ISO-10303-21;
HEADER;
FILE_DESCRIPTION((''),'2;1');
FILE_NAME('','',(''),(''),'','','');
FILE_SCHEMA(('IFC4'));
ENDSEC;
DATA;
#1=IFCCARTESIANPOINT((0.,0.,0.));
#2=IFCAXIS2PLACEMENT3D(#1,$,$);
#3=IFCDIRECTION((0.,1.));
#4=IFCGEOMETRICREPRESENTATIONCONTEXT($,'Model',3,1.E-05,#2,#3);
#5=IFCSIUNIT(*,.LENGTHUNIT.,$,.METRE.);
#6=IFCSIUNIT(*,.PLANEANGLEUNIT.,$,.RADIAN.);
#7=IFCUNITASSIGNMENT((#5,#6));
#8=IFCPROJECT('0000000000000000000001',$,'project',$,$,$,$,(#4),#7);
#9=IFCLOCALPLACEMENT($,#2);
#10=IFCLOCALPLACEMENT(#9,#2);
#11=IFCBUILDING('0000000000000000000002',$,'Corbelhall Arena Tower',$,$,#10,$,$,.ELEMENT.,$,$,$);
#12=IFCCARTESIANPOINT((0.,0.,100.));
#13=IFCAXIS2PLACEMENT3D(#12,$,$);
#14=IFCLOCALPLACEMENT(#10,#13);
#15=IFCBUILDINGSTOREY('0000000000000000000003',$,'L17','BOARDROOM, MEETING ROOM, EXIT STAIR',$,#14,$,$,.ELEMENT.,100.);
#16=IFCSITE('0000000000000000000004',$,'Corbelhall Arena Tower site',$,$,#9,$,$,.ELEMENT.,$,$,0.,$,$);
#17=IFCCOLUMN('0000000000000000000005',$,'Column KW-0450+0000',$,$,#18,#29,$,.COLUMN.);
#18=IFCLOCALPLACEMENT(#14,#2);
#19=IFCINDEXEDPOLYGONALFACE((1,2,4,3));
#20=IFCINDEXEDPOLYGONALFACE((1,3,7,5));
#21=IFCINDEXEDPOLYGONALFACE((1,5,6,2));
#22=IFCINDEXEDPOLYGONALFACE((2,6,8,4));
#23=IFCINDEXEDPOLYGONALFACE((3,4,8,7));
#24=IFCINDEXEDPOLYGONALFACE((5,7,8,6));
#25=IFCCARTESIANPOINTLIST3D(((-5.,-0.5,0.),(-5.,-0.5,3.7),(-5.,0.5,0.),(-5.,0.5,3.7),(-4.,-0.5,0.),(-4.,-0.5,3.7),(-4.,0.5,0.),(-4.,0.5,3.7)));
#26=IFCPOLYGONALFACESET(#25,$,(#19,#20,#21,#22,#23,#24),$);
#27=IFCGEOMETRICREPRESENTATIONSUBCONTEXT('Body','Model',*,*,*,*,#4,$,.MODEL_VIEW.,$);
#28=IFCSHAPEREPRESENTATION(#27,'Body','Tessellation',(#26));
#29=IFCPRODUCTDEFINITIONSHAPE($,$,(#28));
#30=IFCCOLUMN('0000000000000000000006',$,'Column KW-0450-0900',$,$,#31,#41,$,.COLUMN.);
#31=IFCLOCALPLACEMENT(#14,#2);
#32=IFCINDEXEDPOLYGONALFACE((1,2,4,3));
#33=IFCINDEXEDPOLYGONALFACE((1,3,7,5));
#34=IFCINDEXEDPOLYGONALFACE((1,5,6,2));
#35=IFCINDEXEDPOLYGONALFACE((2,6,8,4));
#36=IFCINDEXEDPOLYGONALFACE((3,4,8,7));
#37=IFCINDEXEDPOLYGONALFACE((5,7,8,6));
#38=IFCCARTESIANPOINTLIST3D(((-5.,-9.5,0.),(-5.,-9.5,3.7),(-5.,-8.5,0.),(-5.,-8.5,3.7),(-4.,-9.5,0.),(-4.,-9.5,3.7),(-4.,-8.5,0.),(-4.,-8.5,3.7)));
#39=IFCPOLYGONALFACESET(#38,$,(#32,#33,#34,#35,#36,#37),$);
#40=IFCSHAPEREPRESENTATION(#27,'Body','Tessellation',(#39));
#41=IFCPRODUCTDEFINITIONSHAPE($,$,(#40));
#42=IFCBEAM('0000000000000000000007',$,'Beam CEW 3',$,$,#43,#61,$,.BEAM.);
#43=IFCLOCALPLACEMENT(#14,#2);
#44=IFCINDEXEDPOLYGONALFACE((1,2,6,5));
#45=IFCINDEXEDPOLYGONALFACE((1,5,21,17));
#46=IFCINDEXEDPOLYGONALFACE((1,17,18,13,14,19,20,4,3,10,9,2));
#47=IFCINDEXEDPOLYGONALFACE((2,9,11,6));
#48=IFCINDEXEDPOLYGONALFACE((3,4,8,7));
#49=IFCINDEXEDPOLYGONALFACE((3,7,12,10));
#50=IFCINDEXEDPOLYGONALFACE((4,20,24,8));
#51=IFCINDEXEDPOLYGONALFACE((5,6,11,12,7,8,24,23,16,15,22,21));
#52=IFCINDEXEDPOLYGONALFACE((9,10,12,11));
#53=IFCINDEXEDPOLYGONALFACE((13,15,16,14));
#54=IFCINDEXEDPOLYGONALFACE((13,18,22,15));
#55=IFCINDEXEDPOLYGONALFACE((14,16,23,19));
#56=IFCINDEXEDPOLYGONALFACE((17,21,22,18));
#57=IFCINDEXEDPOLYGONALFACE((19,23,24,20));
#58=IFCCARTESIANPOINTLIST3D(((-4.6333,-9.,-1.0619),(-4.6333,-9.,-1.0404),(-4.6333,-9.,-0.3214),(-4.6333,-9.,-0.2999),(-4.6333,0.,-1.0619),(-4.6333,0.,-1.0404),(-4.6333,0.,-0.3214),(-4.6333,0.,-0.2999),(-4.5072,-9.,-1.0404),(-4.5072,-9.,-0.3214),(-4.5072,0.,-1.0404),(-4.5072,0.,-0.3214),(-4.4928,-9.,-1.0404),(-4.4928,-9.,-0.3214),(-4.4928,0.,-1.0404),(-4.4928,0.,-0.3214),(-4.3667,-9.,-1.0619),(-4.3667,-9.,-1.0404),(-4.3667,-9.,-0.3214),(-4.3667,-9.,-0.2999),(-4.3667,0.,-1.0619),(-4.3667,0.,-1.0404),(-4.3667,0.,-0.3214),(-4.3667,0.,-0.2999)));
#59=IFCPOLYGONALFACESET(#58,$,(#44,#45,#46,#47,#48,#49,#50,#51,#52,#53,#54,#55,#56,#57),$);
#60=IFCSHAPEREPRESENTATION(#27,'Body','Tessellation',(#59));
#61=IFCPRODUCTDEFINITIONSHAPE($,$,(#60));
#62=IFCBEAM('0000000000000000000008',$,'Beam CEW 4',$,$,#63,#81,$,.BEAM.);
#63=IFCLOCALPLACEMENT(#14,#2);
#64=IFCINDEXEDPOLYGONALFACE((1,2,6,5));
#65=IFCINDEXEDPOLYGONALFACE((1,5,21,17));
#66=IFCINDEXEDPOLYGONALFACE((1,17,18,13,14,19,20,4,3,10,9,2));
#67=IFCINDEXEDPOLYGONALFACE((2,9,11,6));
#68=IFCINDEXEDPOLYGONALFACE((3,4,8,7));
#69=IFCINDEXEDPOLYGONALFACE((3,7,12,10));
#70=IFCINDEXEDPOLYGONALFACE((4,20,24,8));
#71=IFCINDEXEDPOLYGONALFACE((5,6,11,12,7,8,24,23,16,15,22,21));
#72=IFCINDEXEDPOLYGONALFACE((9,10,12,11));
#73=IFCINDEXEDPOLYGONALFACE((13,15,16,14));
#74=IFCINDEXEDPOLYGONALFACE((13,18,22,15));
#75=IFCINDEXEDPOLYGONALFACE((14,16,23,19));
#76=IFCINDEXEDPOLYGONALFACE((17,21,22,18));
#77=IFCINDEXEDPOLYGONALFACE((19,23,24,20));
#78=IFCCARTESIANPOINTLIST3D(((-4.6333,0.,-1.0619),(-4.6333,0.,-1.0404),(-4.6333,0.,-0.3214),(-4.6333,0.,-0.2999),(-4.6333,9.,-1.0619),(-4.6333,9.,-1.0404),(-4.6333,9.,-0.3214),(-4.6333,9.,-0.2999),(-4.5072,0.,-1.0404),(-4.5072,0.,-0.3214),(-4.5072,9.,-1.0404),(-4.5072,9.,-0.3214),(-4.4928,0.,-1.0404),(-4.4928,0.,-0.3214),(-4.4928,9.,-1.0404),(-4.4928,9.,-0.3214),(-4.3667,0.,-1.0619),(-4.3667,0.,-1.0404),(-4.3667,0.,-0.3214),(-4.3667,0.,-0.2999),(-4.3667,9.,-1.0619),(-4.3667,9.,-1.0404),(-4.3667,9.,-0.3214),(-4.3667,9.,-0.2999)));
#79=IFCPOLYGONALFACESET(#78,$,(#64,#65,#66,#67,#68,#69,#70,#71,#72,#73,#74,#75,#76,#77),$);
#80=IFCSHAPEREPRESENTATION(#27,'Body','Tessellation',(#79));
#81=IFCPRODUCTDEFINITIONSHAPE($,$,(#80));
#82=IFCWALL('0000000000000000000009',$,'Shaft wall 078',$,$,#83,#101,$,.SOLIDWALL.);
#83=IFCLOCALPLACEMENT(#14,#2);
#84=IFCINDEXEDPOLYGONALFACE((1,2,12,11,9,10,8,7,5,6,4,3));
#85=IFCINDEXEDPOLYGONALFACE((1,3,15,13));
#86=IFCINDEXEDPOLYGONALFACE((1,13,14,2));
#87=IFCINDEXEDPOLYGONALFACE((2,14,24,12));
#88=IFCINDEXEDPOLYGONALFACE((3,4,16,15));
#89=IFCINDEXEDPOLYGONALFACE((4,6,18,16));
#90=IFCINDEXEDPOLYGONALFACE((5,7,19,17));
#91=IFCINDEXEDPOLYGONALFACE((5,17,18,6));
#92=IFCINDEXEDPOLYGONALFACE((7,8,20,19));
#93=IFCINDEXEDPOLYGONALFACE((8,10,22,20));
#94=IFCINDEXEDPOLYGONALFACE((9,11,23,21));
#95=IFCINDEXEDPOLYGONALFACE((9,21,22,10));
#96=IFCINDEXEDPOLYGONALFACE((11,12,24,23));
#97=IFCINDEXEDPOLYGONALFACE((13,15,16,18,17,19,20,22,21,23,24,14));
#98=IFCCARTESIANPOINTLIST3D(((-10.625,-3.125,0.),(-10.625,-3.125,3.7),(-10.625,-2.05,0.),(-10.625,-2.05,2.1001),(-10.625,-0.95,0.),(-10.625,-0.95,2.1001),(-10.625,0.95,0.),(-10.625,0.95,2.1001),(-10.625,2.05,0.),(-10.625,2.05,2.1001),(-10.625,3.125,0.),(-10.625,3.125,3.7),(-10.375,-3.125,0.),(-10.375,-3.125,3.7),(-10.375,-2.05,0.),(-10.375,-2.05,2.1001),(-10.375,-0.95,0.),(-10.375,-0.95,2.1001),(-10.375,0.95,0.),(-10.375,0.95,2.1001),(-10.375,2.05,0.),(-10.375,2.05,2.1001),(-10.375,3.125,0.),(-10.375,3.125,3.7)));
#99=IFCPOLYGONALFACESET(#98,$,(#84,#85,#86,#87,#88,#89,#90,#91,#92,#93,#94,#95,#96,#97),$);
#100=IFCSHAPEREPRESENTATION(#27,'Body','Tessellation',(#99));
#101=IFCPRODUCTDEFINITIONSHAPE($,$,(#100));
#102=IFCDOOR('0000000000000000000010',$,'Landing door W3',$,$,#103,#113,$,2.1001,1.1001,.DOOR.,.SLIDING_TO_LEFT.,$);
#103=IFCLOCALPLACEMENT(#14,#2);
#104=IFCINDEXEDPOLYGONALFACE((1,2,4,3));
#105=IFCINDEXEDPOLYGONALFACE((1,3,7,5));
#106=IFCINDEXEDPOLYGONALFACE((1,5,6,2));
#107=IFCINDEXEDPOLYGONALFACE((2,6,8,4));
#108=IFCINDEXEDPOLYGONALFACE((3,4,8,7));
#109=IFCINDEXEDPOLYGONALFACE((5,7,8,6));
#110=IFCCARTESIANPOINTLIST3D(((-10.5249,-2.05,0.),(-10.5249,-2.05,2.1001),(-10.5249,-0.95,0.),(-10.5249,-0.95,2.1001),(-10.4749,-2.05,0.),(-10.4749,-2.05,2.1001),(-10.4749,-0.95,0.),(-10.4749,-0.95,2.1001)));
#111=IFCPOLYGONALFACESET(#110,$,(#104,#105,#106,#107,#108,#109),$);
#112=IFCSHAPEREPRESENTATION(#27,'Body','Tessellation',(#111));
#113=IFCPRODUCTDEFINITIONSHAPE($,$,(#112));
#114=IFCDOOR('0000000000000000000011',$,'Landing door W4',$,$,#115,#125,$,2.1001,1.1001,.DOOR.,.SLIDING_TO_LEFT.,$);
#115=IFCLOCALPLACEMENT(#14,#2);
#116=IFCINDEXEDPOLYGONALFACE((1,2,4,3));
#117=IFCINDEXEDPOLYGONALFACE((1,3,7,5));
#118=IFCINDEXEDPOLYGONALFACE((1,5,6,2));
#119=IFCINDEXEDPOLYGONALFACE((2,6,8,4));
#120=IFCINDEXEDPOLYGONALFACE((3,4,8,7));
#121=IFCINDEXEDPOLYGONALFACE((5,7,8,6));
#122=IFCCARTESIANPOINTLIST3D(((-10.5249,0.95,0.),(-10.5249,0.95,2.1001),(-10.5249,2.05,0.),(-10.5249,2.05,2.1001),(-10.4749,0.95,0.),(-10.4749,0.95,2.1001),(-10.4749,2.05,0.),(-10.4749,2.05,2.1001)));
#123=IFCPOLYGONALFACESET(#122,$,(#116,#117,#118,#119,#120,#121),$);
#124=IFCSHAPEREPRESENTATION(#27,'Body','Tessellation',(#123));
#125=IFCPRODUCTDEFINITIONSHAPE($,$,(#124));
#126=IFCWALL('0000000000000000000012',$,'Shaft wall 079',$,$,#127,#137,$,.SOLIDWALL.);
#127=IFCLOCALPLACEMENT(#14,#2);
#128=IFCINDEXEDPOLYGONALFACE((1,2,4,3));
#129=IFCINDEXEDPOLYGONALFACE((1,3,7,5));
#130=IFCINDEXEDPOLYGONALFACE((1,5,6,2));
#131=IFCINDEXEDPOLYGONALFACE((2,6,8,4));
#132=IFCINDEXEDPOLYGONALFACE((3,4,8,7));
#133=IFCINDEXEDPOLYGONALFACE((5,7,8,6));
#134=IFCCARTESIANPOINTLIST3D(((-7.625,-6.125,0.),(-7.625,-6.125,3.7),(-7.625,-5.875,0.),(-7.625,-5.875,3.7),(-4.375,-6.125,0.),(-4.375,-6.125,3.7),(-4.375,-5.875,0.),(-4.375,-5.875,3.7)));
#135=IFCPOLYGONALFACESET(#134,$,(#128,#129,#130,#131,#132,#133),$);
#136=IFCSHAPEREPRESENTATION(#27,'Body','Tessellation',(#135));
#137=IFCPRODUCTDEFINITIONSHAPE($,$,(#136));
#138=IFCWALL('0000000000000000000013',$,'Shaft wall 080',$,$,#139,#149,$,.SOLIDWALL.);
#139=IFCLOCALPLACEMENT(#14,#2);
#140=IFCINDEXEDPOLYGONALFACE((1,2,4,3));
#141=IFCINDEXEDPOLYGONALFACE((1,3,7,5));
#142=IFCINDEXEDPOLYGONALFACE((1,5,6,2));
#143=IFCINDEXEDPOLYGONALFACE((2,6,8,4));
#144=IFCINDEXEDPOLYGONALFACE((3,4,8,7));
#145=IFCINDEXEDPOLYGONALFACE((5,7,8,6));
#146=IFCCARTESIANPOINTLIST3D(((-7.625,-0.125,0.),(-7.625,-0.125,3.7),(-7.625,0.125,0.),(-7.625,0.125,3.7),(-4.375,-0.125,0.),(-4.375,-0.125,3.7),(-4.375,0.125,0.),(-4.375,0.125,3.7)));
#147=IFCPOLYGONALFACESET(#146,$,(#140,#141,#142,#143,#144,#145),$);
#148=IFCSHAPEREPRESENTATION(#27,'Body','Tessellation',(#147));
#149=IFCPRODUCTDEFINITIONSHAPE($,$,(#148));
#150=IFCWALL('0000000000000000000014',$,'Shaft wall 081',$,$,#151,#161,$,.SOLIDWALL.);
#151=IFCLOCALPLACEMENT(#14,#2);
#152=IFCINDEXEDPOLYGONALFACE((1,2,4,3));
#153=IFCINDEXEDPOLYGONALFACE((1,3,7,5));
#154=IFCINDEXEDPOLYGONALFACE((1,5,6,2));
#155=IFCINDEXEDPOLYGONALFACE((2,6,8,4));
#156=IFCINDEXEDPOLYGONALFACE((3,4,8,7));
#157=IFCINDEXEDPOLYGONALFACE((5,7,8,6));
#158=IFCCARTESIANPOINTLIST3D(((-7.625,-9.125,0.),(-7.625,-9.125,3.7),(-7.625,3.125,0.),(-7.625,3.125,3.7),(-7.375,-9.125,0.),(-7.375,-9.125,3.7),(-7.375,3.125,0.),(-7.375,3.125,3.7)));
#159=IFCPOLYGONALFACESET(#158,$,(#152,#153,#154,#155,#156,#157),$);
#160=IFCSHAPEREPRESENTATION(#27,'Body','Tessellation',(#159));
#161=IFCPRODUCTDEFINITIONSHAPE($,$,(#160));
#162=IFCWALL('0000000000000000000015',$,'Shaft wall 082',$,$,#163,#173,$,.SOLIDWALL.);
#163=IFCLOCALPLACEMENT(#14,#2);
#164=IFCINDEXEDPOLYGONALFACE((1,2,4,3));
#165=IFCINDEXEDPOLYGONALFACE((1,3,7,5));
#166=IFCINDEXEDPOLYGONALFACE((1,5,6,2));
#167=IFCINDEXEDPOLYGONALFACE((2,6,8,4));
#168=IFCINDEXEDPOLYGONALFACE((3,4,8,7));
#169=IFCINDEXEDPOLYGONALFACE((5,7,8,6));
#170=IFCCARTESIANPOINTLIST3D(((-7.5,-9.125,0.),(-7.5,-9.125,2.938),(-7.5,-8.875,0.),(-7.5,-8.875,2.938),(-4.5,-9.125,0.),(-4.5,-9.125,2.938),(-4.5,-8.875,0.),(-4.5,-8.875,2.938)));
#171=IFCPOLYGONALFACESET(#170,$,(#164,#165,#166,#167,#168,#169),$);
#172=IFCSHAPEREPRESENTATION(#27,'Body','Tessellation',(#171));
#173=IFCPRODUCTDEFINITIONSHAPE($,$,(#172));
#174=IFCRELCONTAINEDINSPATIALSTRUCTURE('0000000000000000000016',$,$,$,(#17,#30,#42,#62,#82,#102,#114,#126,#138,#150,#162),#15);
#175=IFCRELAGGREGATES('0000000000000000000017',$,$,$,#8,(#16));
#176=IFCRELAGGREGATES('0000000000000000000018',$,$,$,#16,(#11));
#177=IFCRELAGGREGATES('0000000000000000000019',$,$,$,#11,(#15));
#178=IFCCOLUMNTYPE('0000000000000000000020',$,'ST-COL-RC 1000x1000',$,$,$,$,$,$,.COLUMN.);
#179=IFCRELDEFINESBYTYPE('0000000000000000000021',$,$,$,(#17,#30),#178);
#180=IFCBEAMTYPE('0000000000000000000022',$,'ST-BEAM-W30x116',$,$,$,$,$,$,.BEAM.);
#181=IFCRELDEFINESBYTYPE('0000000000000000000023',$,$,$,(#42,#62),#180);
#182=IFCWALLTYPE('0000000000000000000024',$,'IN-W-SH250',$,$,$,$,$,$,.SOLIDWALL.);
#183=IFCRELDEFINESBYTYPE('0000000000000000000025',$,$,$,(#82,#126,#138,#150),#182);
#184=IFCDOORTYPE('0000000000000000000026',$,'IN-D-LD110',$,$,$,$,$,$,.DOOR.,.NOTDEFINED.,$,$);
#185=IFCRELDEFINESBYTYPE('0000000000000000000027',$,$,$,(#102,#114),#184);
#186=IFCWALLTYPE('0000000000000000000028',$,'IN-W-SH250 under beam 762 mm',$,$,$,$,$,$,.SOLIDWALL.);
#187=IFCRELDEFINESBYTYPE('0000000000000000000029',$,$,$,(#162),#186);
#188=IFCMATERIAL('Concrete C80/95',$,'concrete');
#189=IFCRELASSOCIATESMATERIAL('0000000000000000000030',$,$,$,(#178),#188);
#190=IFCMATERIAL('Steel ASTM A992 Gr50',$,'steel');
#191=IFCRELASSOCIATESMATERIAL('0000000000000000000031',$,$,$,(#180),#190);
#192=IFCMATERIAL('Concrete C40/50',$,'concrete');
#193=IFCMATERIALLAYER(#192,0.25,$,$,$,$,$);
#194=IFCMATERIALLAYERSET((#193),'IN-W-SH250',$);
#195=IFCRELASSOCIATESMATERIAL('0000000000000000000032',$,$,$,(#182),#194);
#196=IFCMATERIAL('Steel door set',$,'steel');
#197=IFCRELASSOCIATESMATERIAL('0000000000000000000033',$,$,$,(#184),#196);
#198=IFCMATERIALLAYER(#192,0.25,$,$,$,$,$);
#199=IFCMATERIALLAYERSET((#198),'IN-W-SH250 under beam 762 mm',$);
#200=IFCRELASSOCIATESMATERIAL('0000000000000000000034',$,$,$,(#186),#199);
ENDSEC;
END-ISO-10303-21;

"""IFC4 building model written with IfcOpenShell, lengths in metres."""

from ifc_helpers import new_model, si_unit, direction, frame, frame_2d, origin, origin_2d, place, context, subcontext, project, spatial, rectangle, i_section, extrude, material, layer, layer_set, material_profile, profile_set, type_object, element, fill, save


model = new_model("IFC4")

# Units and contexts
model_context = context("Model", 3, precision=1e-05, world=origin(), true_north=direction((0.0, 1.0)))
body_context = subcontext(model_context, "Body", "Model", "MODEL_VIEW")
ifc_project = project(units=[si_unit("LENGTHUNIT", "METRE"), si_unit("PLANEANGLEUNIT", "RADIAN")], contexts=[model_context])

# Site, building, storey
site_placement = place(None, origin())
site = spatial("IfcSite", under=ifc_project, at=site_placement, Name="Corbelhall Arena Tower site", CompositionType="ELEMENT", RefElevation=0.0)
building_placement = place(site_placement, origin())
building = spatial("IfcBuilding", under=site, at=building_placement, Name="Corbelhall Arena Tower", CompositionType="ELEMENT")
storey_placement = place(building_placement, frame((0.0, 0.0, 100.0)))
storey = spatial("IfcBuildingStorey", under=building, at=storey_placement, Name="L17", Description="BOARDROOM, MEETING ROOM, EXIT STAIR", CompositionType="ELEMENT", Elevation=100.0)

# Columns
ifc_material_1 = material(Name="Concrete C80/95", Category="concrete")
ifc_material_profile_1 = material_profile(ifc_material_1, rectangle(XDim=1.0, YDim=1.0, at=origin_2d()))
ifc_profile_set_1 = profile_set([ifc_material_profile_1], Name="Concrete C80/95")
column_type = type_object("IfcColumnType", Name="ST-COL-RC 1000x1000", PredefinedType="COLUMN", material=ifc_profile_set_1)
for number, where, z_axis, x_axis, name in (
    (1, (-4.5, 0.0, 0.0), (0.0, 0.0, 1.0), (1.0, 0.0, 0.0), "Column KW-0450+0000"),
    (2, (-4.5, -9.0, 0.0), (0.0, 0.0, 1.0), (1.0, 0.0, 0.0), "Column KW-0450-0900"),
):
    element("IfcColumn", number, at=place(storey_placement, frame(where, z_axis=z_axis, x_axis=x_axis)), inside=storey, type_object=column_type, Name=name, PredefinedType="COLUMN", context=body_context, shape_type="SweptSolid", body=[
        extrude(rectangle(XDim=1.0, YDim=1.0, at=origin_2d()), origin(), (0.0, 0.0, 1.0), 3.7),
    ])

# Beams
ifc_material_2 = material(Name="Steel ASTM A992 Gr50", Category="steel")
ifc_material_profile_2 = material_profile(ifc_material_2, i_section(OverallWidth=0.2666, OverallDepth=0.762, WebThickness=0.0144, FlangeThickness=0.0215, at=origin_2d()))
ifc_profile_set_2 = profile_set([ifc_material_profile_2], Name="Steel ASTM A992 Gr50")
beam_type = type_object("IfcBeamType", Name="ST-BEAM-W30x116", PredefinedType="BEAM", material=ifc_profile_set_2)
for number, where, z_axis, x_axis, name in (
    (3, (-4.5, -9.0, -0.6809), (0.0, 1.0, 0.0), (-1.0, 0.0, 0.0), "Beam CEW 3"),
    (4, (-4.5, 0.0, -0.6809), (0.0, 1.0, 0.0), (-1.0, 0.0, 0.0), "Beam CEW 4"),
):
    element("IfcBeam", number, at=place(storey_placement, frame(where, z_axis=z_axis, x_axis=x_axis)), inside=storey, type_object=beam_type, Name=name, PredefinedType="BEAM", context=body_context, shape_type="SweptSolid", body=[
        extrude(i_section(OverallWidth=0.2666, OverallDepth=0.762, WebThickness=0.0144, FlangeThickness=0.0215, at=origin_2d()), origin(), (0.0, 0.0, 1.0), 9.0),
    ])

# Wall, openings, doors
ifc_material_3 = material(Name="Concrete C40/50", Category="concrete")
ifc_layer_1 = layer(ifc_material_3, 0.25)
ifc_layer_set_1 = layer_set([ifc_layer_1], Name="IN-W-SH250")
wall_type_1 = type_object("IfcWallType", Name="IN-W-SH250", PredefinedType="SOLIDWALL", material=ifc_layer_set_1)
wall_1_placement = place(storey_placement, frame((-10.5, -3.125, 0.0), z_axis=(0.0, 0.0, 1.0), x_axis=(0.0, 1.0, 0.0)))
wall_1 = element("IfcWall", 5, at=wall_1_placement, inside=storey, type_object=wall_type_1, Name="Shaft wall 078", PredefinedType="SOLIDWALL", context=body_context, shape_type="SweptSolid", body=[
    extrude(rectangle(XDim=6.25, YDim=0.25, at=frame_2d((3.125, 0.0))), origin(), (0.0, 0.0, 1.0), 3.7),
])
opening_1_placement = place(wall_1_placement, frame((1.075, 0.0, 0.0)))
opening_1 = element("IfcOpeningElement", 6, at=opening_1_placement, cuts=wall_1, PredefinedType="OPENING", context=body_context, shape_type="SweptSolid", body=[
    extrude(rectangle(XDim=1.1001, YDim=2.1001, at=frame_2d((0.55, 1.05))), frame((0.0, 0.125, 0.0), z_axis=(0.0, -1.0, 0.0), x_axis=(1.0, 0.0, 0.0)), (0.0, 0.0, 1.0), 0.25),
])
opening_2_placement = place(wall_1_placement, frame((4.075, 0.0, 0.0)))
opening_2 = element("IfcOpeningElement", 7, at=opening_2_placement, cuts=wall_1, PredefinedType="OPENING", context=body_context, shape_type="SweptSolid", body=[
    extrude(rectangle(XDim=1.1001, YDim=2.1001, at=frame_2d((0.55, 1.05))), frame((0.0, 0.125, 0.0), z_axis=(0.0, -1.0, 0.0), x_axis=(1.0, 0.0, 0.0)), (0.0, 0.0, 1.0), 0.25),
])
ifc_material_4 = material(Name="Steel door set", Category="steel")
door_type_1 = type_object("IfcDoorType", Name="IN-D-LD110", OperationType="NOTDEFINED", PredefinedType="DOOR", material=ifc_material_4)
door_1_placement = place(opening_1_placement, origin())
door_1 = element("IfcDoor", 8, at=door_1_placement, inside=storey, type_object=door_type_1, Name="Landing door W3", OperationType="SLIDING_TO_LEFT", OverallHeight=2.1001, OverallWidth=1.1001, PredefinedType="DOOR", context=body_context, shape_type="SweptSolid", body=[
    extrude(rectangle(XDim=1.1001, YDim=2.1001, at=frame_2d((0.55, 1.05))), frame((0.0, 0.0249, 0.0), z_axis=(0.0, -1.0, 0.0), x_axis=(1.0, 0.0, 0.0)), (0.0, 0.0, 1.0), 0.05),
])
fill(opening_1, door_1)
door_2_placement = place(opening_2_placement, origin())
door_2 = element("IfcDoor", 9, at=door_2_placement, inside=storey, type_object=door_type_1, Name="Landing door W4", OperationType="SLIDING_TO_LEFT", OverallHeight=2.1001, OverallWidth=1.1001, PredefinedType="DOOR", context=body_context, shape_type="SweptSolid", body=[
    extrude(rectangle(XDim=1.1001, YDim=2.1001, at=frame_2d((0.55, 1.05))), frame((0.0, 0.0249, 0.0), z_axis=(0.0, -1.0, 0.0), x_axis=(1.0, 0.0, 0.0)), (0.0, 0.0, 1.0), 0.05),
])
fill(opening_2, door_2)

# Walls
for number, where, z_axis, x_axis, name in (
    (10, (-7.625, -6.0, 0.0), (0.0, 0.0, 1.0), (1.0, 0.0, 0.0), "Shaft wall 079"),
    (11, (-7.625, 0.0, 0.0), (0.0, 0.0, 1.0), (1.0, 0.0, 0.0), "Shaft wall 080"),
):
    element("IfcWall", number, at=place(storey_placement, frame(where, z_axis=z_axis, x_axis=x_axis)), inside=storey, type_object=wall_type_1, Name=name, PredefinedType="SOLIDWALL", context=body_context, shape_type="SweptSolid", body=[
        extrude(rectangle(XDim=3.25, YDim=0.25, at=frame_2d((1.625, 0.0))), origin(), (0.0, 0.0, 1.0), 3.7),
    ])
wall_2_placement = place(storey_placement, frame((-7.5, -9.125, 0.0), z_axis=(0.0, 0.0, 1.0), x_axis=(0.0, 1.0, 0.0)))
element("IfcWall", 12, at=wall_2_placement, inside=storey, type_object=wall_type_1, Name="Shaft wall 081", PredefinedType="SOLIDWALL", context=body_context, shape_type="SweptSolid", body=[
    extrude(rectangle(XDim=12.25, YDim=0.25, at=frame_2d((6.125, 0.0))), origin(), (0.0, 0.0, 1.0), 3.7),
])
ifc_layer_2 = layer(ifc_material_3, 0.25)
ifc_layer_set_2 = layer_set([ifc_layer_2], Name="IN-W-SH250 under beam 762 mm")
wall_type_2 = type_object("IfcWallType", Name="IN-W-SH250 under beam 762 mm", PredefinedType="SOLIDWALL", material=ifc_layer_set_2)
wall_3_placement = place(storey_placement, frame((-4.5, -9.0, 0.0), z_axis=(0.0, 0.0, 1.0), x_axis=(-1.0, 0.0, 0.0)))
element("IfcWall", 13, at=wall_3_placement, inside=storey, type_object=wall_type_2, Name="Shaft wall 082", PredefinedType="SOLIDWALL", context=body_context, shape_type="SweptSolid", body=[
    extrude(rectangle(XDim=3.0, YDim=0.25, at=frame_2d((1.5, 0.0))), origin(), (0.0, 0.0, 1.0), 2.938),
])

save(model, "model.ifc")
